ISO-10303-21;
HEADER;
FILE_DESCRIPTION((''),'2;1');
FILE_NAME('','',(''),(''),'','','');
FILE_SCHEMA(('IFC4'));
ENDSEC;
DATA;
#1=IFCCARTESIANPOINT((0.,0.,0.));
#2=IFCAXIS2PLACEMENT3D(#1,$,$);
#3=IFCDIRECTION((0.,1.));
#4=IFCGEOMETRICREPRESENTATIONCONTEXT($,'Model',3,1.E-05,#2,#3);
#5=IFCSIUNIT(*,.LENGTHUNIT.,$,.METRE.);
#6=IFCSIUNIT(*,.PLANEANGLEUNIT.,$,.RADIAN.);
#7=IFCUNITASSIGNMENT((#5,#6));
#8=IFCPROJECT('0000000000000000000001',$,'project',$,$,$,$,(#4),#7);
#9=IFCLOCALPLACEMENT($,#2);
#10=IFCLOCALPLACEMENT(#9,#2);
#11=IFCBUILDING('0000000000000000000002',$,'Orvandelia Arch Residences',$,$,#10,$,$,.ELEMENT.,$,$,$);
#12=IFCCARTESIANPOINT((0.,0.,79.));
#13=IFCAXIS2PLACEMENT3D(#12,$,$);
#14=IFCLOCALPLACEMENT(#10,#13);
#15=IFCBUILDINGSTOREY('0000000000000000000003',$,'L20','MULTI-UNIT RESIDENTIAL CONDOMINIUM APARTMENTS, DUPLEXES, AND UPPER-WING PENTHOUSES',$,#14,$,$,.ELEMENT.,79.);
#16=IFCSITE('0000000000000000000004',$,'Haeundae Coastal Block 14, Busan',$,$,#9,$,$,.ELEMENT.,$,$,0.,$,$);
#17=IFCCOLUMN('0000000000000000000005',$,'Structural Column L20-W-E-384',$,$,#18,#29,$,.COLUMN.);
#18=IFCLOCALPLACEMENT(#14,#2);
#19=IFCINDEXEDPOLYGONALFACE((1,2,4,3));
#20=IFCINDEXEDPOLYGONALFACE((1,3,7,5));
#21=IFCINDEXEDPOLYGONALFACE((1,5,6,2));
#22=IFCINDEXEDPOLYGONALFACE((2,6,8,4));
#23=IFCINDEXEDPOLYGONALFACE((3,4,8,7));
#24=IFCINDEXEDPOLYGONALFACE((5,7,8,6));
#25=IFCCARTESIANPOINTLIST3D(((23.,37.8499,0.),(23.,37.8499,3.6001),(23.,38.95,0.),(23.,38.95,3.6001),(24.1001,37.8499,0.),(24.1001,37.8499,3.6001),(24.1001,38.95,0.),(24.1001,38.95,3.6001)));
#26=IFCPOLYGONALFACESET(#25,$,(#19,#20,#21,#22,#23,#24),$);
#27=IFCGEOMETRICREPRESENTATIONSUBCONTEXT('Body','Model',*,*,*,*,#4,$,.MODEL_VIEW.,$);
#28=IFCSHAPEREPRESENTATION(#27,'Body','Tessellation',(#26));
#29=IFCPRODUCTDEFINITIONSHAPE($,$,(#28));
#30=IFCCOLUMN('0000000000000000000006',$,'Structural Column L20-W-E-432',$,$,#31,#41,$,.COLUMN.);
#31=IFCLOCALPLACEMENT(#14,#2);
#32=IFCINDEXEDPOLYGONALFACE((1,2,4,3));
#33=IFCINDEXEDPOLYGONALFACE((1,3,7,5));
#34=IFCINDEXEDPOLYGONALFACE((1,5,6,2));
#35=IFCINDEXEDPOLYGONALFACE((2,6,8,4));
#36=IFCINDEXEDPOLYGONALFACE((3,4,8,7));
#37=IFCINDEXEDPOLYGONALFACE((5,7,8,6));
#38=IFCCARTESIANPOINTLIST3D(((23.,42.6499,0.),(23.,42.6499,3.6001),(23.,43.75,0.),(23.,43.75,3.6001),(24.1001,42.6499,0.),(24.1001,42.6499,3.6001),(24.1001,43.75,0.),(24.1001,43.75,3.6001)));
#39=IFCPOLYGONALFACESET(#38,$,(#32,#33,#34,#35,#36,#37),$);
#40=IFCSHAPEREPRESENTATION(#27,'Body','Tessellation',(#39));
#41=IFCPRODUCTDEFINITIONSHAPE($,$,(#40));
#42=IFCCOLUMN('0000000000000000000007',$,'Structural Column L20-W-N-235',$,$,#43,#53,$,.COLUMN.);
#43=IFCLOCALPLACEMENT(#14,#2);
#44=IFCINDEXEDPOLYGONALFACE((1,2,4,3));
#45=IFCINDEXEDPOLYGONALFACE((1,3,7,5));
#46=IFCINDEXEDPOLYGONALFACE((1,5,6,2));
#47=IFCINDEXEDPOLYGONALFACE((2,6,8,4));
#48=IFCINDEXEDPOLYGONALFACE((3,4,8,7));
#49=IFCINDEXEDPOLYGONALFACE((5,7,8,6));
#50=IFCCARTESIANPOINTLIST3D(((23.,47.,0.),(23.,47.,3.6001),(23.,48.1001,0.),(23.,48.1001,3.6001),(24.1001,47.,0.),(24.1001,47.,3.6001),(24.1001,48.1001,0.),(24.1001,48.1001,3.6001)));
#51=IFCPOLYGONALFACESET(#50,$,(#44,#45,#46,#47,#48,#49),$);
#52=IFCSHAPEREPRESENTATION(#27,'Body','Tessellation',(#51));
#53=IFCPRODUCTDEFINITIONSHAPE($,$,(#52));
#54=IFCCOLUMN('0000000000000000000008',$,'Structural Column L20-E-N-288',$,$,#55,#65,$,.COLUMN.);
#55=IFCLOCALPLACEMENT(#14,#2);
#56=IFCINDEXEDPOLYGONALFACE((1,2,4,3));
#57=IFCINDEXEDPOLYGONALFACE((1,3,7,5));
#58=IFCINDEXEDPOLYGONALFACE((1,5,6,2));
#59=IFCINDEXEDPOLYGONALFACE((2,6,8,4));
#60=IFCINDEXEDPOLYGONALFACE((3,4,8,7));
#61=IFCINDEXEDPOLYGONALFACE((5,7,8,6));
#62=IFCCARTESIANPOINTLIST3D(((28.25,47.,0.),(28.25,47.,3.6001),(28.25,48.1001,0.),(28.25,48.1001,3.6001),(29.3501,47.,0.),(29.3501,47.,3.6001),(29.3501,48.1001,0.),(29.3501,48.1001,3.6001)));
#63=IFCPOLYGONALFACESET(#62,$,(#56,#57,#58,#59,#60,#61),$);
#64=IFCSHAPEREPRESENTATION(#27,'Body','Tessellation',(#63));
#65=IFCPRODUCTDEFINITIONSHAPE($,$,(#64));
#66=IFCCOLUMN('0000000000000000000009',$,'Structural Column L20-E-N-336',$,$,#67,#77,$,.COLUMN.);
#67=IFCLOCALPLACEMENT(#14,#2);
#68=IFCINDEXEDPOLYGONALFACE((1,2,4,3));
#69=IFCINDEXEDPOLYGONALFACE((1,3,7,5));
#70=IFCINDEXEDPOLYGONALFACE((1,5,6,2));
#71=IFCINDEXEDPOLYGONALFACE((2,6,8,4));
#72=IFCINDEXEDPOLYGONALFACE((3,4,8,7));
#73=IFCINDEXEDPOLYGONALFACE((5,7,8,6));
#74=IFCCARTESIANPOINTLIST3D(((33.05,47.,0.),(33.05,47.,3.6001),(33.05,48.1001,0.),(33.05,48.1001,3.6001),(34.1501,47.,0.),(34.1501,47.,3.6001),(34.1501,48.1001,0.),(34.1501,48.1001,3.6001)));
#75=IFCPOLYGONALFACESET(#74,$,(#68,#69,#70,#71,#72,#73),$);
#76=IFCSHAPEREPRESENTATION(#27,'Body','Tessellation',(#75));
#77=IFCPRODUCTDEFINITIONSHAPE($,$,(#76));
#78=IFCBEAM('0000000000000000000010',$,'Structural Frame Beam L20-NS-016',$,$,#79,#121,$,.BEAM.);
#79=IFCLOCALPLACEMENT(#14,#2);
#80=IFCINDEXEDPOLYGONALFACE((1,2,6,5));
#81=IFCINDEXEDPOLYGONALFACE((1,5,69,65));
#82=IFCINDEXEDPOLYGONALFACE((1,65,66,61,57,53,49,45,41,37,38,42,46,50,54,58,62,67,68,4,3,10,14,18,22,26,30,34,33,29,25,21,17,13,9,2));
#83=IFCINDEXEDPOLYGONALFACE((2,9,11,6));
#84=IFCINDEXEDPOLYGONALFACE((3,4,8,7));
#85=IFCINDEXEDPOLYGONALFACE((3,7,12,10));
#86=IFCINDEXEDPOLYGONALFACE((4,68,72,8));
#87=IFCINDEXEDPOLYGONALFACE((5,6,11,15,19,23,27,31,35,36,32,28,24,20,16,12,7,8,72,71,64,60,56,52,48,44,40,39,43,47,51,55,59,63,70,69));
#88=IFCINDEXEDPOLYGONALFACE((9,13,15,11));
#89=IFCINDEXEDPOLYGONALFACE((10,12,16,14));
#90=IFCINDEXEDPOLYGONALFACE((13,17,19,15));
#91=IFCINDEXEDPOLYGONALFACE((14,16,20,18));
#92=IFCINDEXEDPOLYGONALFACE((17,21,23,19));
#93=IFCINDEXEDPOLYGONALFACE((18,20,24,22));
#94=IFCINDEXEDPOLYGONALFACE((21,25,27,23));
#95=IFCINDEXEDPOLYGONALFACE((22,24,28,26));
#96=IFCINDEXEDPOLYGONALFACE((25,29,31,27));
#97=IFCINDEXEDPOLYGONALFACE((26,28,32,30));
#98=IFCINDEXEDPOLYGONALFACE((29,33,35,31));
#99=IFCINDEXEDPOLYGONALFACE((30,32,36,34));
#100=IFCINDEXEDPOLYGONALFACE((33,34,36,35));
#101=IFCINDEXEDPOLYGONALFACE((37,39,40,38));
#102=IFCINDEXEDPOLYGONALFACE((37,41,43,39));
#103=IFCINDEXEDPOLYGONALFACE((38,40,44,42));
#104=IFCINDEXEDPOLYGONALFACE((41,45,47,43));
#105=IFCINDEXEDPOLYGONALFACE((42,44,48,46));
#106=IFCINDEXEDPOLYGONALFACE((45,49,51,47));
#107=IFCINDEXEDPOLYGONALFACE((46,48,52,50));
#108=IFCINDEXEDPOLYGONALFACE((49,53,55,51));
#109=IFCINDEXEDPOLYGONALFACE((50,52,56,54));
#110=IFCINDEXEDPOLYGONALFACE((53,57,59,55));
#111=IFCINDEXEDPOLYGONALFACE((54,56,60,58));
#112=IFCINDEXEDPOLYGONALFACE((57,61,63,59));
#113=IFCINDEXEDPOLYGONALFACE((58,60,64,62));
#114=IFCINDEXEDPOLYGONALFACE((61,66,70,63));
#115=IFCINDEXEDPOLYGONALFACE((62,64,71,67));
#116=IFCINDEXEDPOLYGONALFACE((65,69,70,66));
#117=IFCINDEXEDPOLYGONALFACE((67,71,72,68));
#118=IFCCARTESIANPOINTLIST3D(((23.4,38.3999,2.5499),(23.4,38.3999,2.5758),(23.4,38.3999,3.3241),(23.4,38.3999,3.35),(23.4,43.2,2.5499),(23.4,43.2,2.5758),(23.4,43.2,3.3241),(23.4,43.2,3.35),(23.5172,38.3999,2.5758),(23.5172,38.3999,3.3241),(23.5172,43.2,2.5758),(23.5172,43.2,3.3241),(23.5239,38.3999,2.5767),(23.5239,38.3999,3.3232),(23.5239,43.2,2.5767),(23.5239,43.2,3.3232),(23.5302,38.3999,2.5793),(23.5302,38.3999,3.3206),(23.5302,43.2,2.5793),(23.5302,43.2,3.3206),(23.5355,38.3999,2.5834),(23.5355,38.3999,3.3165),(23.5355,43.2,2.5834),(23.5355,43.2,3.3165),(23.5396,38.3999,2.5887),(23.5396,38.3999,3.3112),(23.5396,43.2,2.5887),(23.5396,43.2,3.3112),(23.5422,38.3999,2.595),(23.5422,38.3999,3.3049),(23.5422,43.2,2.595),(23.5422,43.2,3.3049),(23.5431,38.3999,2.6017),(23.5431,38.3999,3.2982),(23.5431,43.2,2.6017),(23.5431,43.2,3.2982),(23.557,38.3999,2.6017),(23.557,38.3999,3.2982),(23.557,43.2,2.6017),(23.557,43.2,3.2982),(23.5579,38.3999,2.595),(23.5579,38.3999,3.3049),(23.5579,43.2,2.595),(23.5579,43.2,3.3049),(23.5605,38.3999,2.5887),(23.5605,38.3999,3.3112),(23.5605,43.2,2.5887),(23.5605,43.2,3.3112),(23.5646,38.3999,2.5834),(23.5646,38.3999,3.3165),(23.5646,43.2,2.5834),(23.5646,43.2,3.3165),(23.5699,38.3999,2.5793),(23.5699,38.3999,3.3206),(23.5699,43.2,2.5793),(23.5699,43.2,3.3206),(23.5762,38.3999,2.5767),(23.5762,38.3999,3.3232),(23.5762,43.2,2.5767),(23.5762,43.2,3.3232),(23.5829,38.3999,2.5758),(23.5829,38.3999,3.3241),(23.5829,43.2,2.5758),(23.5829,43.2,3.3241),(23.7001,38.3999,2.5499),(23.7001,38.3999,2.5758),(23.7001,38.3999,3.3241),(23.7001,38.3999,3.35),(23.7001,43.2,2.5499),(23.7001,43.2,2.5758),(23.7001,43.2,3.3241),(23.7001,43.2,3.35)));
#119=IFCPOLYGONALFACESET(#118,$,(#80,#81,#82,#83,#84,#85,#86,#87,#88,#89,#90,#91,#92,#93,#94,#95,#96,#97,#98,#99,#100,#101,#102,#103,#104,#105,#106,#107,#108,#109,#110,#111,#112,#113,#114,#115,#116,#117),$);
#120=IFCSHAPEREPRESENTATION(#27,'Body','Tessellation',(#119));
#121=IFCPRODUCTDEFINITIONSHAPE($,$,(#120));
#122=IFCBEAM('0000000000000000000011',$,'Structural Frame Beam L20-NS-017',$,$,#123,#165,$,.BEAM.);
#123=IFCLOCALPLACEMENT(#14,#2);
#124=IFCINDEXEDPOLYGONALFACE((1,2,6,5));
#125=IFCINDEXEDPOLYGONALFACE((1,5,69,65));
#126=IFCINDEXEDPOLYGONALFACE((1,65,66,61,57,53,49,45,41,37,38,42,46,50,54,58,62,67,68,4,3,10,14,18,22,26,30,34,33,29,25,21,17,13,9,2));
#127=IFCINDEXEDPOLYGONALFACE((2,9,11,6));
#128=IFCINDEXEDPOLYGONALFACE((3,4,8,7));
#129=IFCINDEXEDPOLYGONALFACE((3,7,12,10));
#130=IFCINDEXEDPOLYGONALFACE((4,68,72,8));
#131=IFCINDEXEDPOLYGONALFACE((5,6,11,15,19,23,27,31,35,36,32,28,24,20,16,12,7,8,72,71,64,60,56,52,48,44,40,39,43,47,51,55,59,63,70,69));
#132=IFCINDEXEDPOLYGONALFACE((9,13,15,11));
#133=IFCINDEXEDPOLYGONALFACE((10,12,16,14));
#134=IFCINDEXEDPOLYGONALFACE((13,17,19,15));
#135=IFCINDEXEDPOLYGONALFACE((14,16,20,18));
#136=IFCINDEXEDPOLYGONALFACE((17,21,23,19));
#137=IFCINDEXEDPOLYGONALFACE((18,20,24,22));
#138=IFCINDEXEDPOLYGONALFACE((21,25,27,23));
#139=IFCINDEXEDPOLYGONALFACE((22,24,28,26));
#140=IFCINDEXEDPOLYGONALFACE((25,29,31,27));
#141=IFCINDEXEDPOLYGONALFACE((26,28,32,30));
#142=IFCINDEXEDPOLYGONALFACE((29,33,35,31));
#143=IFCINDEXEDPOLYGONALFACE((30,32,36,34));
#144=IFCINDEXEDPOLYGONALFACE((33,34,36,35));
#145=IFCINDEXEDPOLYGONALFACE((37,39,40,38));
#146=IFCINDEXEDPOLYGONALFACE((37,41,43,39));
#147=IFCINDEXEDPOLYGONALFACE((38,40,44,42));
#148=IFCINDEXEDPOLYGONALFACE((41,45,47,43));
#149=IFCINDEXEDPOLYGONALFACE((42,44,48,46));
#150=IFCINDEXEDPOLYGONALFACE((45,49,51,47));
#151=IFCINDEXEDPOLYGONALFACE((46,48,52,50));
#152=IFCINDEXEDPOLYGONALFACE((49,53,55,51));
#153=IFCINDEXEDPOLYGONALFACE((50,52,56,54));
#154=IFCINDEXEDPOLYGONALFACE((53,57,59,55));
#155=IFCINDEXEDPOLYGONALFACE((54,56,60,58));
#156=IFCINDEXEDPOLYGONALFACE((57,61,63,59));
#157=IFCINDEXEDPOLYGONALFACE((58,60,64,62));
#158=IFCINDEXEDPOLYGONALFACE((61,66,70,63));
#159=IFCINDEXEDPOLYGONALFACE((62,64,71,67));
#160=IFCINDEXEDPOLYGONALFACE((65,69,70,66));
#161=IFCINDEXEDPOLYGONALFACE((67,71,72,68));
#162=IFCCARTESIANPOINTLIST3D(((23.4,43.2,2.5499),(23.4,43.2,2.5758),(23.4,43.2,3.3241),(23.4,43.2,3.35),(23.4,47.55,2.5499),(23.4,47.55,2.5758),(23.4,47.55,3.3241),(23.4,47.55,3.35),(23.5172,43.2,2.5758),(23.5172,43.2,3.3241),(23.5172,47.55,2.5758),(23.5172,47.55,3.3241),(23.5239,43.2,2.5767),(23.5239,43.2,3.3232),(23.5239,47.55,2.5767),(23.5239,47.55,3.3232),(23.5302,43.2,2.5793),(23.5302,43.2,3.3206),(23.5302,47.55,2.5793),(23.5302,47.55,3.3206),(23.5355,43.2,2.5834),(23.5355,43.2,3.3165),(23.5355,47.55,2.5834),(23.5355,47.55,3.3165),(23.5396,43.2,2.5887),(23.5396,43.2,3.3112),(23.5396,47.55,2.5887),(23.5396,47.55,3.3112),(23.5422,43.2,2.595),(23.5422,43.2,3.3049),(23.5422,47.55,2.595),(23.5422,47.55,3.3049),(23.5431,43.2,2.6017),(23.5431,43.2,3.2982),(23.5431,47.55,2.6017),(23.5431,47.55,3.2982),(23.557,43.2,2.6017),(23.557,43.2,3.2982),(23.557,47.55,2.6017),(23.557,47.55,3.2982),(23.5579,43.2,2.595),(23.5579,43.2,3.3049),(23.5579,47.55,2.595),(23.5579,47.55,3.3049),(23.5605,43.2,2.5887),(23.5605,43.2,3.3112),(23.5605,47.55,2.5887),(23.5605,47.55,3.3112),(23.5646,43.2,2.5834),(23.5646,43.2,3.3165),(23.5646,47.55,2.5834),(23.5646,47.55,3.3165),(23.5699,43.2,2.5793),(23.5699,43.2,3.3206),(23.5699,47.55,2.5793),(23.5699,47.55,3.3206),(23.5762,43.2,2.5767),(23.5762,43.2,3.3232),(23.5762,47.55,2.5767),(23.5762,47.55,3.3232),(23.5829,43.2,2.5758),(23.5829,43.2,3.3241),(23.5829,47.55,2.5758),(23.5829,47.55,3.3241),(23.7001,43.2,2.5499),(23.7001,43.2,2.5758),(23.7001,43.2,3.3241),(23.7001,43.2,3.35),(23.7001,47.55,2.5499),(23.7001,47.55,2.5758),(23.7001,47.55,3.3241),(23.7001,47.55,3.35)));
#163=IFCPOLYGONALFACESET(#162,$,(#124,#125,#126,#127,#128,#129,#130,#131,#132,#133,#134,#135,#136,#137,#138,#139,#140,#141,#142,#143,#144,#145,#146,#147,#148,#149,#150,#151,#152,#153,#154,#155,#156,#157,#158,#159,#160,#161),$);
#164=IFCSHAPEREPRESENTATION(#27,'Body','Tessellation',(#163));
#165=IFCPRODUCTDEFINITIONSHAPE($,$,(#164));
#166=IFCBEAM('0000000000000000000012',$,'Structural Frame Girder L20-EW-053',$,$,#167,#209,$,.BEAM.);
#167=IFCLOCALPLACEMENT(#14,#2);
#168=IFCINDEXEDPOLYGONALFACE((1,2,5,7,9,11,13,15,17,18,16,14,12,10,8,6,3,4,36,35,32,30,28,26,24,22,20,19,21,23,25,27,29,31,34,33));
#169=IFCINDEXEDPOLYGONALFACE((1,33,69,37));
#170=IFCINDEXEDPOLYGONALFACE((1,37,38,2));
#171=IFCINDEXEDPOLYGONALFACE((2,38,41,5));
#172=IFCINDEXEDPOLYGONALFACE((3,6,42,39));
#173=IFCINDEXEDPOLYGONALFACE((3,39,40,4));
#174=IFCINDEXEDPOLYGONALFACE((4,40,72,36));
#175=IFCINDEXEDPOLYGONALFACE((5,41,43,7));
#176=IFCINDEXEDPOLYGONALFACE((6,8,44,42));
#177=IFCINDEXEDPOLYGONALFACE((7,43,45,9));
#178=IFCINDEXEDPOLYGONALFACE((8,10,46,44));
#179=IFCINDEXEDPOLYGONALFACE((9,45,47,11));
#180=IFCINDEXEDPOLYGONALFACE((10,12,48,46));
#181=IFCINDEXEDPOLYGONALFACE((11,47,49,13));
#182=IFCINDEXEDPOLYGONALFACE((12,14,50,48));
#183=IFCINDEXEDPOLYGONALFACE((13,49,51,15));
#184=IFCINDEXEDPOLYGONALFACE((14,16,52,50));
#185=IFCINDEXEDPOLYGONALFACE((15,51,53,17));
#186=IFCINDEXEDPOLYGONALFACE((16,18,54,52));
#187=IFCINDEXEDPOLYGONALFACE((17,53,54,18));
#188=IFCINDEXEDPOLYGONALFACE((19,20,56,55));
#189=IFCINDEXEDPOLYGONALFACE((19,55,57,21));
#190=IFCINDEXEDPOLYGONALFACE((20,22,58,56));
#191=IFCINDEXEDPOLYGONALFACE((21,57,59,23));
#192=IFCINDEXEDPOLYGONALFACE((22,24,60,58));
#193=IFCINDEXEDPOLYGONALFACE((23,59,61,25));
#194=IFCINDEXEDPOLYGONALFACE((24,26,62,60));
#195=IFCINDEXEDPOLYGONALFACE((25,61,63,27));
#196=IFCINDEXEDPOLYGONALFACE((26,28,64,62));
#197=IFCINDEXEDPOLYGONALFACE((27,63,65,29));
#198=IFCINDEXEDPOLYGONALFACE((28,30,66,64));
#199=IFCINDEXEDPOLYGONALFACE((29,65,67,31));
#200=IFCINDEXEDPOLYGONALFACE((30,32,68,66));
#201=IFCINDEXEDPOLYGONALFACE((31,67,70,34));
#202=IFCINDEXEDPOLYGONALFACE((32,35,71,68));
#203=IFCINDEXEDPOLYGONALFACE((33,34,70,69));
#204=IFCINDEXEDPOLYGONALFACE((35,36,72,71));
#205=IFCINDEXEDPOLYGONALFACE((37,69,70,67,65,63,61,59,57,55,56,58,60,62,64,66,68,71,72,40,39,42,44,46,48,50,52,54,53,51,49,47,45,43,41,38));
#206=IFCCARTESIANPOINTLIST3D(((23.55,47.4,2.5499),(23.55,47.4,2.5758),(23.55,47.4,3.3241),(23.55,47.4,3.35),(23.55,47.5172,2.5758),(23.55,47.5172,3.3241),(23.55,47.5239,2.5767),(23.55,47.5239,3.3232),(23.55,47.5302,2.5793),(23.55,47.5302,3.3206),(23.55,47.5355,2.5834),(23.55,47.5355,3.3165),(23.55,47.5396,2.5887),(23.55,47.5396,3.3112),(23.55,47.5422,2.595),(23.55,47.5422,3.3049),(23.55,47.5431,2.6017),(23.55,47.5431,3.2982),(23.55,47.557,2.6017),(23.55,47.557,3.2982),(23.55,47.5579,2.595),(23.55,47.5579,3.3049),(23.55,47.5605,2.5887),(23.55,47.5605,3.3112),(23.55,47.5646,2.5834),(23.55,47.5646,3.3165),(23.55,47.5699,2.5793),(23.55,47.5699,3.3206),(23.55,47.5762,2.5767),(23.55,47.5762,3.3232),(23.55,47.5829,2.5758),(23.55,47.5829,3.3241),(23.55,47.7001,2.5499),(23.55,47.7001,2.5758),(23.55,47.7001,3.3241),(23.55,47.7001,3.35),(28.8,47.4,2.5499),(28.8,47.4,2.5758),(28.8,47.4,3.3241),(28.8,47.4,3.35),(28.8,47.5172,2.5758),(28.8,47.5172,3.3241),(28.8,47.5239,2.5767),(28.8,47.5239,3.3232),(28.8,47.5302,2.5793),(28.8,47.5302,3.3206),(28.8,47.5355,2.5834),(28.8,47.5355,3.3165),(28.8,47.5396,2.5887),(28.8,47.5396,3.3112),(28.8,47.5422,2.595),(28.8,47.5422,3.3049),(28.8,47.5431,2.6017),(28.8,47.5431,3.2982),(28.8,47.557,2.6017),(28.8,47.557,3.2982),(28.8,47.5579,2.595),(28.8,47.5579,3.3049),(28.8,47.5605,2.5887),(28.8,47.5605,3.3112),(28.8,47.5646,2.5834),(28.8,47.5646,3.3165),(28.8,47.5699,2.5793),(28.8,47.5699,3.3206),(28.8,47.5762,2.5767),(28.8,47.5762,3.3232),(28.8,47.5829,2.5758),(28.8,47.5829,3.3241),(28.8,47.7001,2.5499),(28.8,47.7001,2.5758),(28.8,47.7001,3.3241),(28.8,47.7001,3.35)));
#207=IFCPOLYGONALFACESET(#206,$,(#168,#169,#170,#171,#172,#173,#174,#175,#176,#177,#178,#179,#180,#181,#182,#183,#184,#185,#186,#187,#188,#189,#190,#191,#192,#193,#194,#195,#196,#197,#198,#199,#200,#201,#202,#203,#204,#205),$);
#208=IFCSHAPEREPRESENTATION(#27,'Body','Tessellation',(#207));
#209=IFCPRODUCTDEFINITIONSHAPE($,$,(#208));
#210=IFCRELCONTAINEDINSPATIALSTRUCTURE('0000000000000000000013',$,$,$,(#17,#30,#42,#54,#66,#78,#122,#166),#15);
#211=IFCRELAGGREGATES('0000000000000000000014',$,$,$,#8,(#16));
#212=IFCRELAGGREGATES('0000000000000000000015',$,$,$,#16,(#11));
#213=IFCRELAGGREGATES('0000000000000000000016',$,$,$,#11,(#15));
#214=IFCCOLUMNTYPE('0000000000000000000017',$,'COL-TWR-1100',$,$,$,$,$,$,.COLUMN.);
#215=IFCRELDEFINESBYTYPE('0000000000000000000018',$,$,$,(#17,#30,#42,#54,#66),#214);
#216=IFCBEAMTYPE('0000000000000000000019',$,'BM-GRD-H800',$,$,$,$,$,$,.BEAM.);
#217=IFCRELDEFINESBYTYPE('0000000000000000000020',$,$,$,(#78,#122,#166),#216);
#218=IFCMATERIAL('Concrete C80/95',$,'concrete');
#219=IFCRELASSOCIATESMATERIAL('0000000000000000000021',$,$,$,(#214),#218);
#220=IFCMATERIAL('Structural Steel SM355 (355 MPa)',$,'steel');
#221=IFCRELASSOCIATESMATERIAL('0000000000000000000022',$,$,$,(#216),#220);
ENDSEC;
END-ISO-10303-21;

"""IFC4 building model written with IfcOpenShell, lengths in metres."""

from ifc_helpers import new_model, si_unit, direction, frame, origin, origin_2d, place, context, subcontext, project, spatial, rectangle, i_section, extrude, material, material_profile, profile_set, type_object, element, save


model = new_model("IFC4")

# Units and contexts
model_context = context("Model", 3, precision=1e-05, world=origin(), true_north=direction((0.0, 1.0)))
body_context = subcontext(model_context, "Body", "Model", "MODEL_VIEW")
ifc_project = project(units=[si_unit("LENGTHUNIT", "METRE"), si_unit("PLANEANGLEUNIT", "RADIAN")], contexts=[model_context])

# Site, building, storey
site_placement = place(None, origin())
site = spatial("IfcSite", under=ifc_project, at=site_placement, Name="Haeundae Coastal Block 14, Busan", CompositionType="ELEMENT", RefElevation=0.0)
building_placement = place(site_placement, origin())
building = spatial("IfcBuilding", under=site, at=building_placement, Name="Orvandelia Arch Residences", CompositionType="ELEMENT")
storey_placement = place(building_placement, frame((0.0, 0.0, 79.0)))
storey = spatial("IfcBuildingStorey", under=building, at=storey_placement, Name="L20", Description="MULTI-UNIT RESIDENTIAL CONDOMINIUM APARTMENTS, DUPLEXES, AND UPPER-WING PENTHOUSES", CompositionType="ELEMENT", Elevation=79.0)

# Columns
ifc_material_1 = material(Name="Concrete C80/95", Category="concrete")
ifc_material_profile_1 = material_profile(ifc_material_1, rectangle(XDim=1.1001, YDim=1.1001, at=origin_2d()), Name="Concrete C80/95", Category="concrete")
ifc_profile_set_1 = profile_set([ifc_material_profile_1], Name="Concrete C80/95")
column_type = type_object("IfcColumnType", Name="COL-TWR-1100", PredefinedType="COLUMN", material=ifc_profile_set_1)
for number, where, z_axis, x_axis, name in (
    (1, (23.55, 38.3999, 0.0), (0.0, 0.0, 1.0), (1.0, 0.0, 0.0), "Structural Column L20-W-E-384"),
    (2, (23.55, 43.2, 0.0), (0.0, 0.0, 1.0), (1.0, 0.0, 0.0), "Structural Column L20-W-E-432"),
    (3, (23.55, 47.55, 0.0), (0.0, 0.0, 1.0), (1.0, 0.0, 0.0), "Structural Column L20-W-N-235"),
    (4, (28.8, 47.55, 0.0), (0.0, 0.0, 1.0), (1.0, 0.0, 0.0), "Structural Column L20-E-N-288"),
    (5, (33.6001, 47.55, 0.0), (0.0, 0.0, 1.0), (1.0, 0.0, 0.0), "Structural Column L20-E-N-336"),
):
    element("IfcColumn", number, at=place(storey_placement, frame(where, z_axis=z_axis, x_axis=x_axis)), inside=storey, type_object=column_type, Name=name, PredefinedType="COLUMN", context=body_context, shape_type="SweptSolid", body=[
        extrude(rectangle(XDim=1.1001, YDim=1.1001, at=origin_2d()), origin(), (0.0, 0.0, 1.0), 3.6001),
    ])

# Beams
ifc_material_2 = material(Name="Structural Steel SM355 (355 MPa)", Category="steel")
ifc_material_profile_2 = material_profile(ifc_material_2, i_section(OverallWidth=0.3, OverallDepth=0.8, WebThickness=0.0139, FlangeThickness=0.0259, FilletRadius=0.0259, at=origin_2d()), Name="Structural Steel SM355 (355 MPa)", Category="steel")
ifc_profile_set_2 = profile_set([ifc_material_profile_2], Name="Structural Steel SM355 (355 MPa)")
beam_type = type_object("IfcBeamType", Name="BM-GRD-H800", PredefinedType="BEAM", material=ifc_profile_set_2)
beam_1_placement = place(storey_placement, frame((23.55, 38.3999, 2.95), z_axis=(0.0, 1.0, 0.0), x_axis=(-1.0, 0.0, 0.0)))
element("IfcBeam", 6, at=beam_1_placement, inside=storey, type_object=beam_type, Name="Structural Frame Beam L20-NS-016", PredefinedType="BEAM", context=body_context, shape_type="SweptSolid", body=[
    extrude(i_section(OverallWidth=0.3, OverallDepth=0.8, WebThickness=0.0139, FlangeThickness=0.0259, FilletRadius=0.0259, at=origin_2d()), origin(), (0.0, 0.0, 1.0), 4.8),
])
beam_2_placement = place(storey_placement, frame((23.55, 43.2, 2.95), z_axis=(0.0, 1.0, 0.0), x_axis=(-1.0, 0.0, 0.0)))
element("IfcBeam", 7, at=beam_2_placement, inside=storey, type_object=beam_type, Name="Structural Frame Beam L20-NS-017", PredefinedType="BEAM", context=body_context, shape_type="SweptSolid", body=[
    extrude(i_section(OverallWidth=0.3, OverallDepth=0.8, WebThickness=0.0139, FlangeThickness=0.0259, FilletRadius=0.0259, at=origin_2d()), origin(), (0.0, 0.0, 1.0), 4.3501),
])
beam_3_placement = place(storey_placement, frame((23.55, 47.55, 2.95), z_axis=(1.0, 0.0, 0.0), x_axis=(0.0, 1.0, 0.0)))
element("IfcBeam", 8, at=beam_3_placement, inside=storey, type_object=beam_type, Name="Structural Frame Girder L20-EW-053", PredefinedType="BEAM", context=body_context, shape_type="SweptSolid", body=[
    extrude(i_section(OverallWidth=0.3, OverallDepth=0.8, WebThickness=0.0139, FlangeThickness=0.0259, FilletRadius=0.0259, at=origin_2d()), origin(), (0.0, 0.0, 1.0), 5.25),
])

save(model, "model.ifc")
